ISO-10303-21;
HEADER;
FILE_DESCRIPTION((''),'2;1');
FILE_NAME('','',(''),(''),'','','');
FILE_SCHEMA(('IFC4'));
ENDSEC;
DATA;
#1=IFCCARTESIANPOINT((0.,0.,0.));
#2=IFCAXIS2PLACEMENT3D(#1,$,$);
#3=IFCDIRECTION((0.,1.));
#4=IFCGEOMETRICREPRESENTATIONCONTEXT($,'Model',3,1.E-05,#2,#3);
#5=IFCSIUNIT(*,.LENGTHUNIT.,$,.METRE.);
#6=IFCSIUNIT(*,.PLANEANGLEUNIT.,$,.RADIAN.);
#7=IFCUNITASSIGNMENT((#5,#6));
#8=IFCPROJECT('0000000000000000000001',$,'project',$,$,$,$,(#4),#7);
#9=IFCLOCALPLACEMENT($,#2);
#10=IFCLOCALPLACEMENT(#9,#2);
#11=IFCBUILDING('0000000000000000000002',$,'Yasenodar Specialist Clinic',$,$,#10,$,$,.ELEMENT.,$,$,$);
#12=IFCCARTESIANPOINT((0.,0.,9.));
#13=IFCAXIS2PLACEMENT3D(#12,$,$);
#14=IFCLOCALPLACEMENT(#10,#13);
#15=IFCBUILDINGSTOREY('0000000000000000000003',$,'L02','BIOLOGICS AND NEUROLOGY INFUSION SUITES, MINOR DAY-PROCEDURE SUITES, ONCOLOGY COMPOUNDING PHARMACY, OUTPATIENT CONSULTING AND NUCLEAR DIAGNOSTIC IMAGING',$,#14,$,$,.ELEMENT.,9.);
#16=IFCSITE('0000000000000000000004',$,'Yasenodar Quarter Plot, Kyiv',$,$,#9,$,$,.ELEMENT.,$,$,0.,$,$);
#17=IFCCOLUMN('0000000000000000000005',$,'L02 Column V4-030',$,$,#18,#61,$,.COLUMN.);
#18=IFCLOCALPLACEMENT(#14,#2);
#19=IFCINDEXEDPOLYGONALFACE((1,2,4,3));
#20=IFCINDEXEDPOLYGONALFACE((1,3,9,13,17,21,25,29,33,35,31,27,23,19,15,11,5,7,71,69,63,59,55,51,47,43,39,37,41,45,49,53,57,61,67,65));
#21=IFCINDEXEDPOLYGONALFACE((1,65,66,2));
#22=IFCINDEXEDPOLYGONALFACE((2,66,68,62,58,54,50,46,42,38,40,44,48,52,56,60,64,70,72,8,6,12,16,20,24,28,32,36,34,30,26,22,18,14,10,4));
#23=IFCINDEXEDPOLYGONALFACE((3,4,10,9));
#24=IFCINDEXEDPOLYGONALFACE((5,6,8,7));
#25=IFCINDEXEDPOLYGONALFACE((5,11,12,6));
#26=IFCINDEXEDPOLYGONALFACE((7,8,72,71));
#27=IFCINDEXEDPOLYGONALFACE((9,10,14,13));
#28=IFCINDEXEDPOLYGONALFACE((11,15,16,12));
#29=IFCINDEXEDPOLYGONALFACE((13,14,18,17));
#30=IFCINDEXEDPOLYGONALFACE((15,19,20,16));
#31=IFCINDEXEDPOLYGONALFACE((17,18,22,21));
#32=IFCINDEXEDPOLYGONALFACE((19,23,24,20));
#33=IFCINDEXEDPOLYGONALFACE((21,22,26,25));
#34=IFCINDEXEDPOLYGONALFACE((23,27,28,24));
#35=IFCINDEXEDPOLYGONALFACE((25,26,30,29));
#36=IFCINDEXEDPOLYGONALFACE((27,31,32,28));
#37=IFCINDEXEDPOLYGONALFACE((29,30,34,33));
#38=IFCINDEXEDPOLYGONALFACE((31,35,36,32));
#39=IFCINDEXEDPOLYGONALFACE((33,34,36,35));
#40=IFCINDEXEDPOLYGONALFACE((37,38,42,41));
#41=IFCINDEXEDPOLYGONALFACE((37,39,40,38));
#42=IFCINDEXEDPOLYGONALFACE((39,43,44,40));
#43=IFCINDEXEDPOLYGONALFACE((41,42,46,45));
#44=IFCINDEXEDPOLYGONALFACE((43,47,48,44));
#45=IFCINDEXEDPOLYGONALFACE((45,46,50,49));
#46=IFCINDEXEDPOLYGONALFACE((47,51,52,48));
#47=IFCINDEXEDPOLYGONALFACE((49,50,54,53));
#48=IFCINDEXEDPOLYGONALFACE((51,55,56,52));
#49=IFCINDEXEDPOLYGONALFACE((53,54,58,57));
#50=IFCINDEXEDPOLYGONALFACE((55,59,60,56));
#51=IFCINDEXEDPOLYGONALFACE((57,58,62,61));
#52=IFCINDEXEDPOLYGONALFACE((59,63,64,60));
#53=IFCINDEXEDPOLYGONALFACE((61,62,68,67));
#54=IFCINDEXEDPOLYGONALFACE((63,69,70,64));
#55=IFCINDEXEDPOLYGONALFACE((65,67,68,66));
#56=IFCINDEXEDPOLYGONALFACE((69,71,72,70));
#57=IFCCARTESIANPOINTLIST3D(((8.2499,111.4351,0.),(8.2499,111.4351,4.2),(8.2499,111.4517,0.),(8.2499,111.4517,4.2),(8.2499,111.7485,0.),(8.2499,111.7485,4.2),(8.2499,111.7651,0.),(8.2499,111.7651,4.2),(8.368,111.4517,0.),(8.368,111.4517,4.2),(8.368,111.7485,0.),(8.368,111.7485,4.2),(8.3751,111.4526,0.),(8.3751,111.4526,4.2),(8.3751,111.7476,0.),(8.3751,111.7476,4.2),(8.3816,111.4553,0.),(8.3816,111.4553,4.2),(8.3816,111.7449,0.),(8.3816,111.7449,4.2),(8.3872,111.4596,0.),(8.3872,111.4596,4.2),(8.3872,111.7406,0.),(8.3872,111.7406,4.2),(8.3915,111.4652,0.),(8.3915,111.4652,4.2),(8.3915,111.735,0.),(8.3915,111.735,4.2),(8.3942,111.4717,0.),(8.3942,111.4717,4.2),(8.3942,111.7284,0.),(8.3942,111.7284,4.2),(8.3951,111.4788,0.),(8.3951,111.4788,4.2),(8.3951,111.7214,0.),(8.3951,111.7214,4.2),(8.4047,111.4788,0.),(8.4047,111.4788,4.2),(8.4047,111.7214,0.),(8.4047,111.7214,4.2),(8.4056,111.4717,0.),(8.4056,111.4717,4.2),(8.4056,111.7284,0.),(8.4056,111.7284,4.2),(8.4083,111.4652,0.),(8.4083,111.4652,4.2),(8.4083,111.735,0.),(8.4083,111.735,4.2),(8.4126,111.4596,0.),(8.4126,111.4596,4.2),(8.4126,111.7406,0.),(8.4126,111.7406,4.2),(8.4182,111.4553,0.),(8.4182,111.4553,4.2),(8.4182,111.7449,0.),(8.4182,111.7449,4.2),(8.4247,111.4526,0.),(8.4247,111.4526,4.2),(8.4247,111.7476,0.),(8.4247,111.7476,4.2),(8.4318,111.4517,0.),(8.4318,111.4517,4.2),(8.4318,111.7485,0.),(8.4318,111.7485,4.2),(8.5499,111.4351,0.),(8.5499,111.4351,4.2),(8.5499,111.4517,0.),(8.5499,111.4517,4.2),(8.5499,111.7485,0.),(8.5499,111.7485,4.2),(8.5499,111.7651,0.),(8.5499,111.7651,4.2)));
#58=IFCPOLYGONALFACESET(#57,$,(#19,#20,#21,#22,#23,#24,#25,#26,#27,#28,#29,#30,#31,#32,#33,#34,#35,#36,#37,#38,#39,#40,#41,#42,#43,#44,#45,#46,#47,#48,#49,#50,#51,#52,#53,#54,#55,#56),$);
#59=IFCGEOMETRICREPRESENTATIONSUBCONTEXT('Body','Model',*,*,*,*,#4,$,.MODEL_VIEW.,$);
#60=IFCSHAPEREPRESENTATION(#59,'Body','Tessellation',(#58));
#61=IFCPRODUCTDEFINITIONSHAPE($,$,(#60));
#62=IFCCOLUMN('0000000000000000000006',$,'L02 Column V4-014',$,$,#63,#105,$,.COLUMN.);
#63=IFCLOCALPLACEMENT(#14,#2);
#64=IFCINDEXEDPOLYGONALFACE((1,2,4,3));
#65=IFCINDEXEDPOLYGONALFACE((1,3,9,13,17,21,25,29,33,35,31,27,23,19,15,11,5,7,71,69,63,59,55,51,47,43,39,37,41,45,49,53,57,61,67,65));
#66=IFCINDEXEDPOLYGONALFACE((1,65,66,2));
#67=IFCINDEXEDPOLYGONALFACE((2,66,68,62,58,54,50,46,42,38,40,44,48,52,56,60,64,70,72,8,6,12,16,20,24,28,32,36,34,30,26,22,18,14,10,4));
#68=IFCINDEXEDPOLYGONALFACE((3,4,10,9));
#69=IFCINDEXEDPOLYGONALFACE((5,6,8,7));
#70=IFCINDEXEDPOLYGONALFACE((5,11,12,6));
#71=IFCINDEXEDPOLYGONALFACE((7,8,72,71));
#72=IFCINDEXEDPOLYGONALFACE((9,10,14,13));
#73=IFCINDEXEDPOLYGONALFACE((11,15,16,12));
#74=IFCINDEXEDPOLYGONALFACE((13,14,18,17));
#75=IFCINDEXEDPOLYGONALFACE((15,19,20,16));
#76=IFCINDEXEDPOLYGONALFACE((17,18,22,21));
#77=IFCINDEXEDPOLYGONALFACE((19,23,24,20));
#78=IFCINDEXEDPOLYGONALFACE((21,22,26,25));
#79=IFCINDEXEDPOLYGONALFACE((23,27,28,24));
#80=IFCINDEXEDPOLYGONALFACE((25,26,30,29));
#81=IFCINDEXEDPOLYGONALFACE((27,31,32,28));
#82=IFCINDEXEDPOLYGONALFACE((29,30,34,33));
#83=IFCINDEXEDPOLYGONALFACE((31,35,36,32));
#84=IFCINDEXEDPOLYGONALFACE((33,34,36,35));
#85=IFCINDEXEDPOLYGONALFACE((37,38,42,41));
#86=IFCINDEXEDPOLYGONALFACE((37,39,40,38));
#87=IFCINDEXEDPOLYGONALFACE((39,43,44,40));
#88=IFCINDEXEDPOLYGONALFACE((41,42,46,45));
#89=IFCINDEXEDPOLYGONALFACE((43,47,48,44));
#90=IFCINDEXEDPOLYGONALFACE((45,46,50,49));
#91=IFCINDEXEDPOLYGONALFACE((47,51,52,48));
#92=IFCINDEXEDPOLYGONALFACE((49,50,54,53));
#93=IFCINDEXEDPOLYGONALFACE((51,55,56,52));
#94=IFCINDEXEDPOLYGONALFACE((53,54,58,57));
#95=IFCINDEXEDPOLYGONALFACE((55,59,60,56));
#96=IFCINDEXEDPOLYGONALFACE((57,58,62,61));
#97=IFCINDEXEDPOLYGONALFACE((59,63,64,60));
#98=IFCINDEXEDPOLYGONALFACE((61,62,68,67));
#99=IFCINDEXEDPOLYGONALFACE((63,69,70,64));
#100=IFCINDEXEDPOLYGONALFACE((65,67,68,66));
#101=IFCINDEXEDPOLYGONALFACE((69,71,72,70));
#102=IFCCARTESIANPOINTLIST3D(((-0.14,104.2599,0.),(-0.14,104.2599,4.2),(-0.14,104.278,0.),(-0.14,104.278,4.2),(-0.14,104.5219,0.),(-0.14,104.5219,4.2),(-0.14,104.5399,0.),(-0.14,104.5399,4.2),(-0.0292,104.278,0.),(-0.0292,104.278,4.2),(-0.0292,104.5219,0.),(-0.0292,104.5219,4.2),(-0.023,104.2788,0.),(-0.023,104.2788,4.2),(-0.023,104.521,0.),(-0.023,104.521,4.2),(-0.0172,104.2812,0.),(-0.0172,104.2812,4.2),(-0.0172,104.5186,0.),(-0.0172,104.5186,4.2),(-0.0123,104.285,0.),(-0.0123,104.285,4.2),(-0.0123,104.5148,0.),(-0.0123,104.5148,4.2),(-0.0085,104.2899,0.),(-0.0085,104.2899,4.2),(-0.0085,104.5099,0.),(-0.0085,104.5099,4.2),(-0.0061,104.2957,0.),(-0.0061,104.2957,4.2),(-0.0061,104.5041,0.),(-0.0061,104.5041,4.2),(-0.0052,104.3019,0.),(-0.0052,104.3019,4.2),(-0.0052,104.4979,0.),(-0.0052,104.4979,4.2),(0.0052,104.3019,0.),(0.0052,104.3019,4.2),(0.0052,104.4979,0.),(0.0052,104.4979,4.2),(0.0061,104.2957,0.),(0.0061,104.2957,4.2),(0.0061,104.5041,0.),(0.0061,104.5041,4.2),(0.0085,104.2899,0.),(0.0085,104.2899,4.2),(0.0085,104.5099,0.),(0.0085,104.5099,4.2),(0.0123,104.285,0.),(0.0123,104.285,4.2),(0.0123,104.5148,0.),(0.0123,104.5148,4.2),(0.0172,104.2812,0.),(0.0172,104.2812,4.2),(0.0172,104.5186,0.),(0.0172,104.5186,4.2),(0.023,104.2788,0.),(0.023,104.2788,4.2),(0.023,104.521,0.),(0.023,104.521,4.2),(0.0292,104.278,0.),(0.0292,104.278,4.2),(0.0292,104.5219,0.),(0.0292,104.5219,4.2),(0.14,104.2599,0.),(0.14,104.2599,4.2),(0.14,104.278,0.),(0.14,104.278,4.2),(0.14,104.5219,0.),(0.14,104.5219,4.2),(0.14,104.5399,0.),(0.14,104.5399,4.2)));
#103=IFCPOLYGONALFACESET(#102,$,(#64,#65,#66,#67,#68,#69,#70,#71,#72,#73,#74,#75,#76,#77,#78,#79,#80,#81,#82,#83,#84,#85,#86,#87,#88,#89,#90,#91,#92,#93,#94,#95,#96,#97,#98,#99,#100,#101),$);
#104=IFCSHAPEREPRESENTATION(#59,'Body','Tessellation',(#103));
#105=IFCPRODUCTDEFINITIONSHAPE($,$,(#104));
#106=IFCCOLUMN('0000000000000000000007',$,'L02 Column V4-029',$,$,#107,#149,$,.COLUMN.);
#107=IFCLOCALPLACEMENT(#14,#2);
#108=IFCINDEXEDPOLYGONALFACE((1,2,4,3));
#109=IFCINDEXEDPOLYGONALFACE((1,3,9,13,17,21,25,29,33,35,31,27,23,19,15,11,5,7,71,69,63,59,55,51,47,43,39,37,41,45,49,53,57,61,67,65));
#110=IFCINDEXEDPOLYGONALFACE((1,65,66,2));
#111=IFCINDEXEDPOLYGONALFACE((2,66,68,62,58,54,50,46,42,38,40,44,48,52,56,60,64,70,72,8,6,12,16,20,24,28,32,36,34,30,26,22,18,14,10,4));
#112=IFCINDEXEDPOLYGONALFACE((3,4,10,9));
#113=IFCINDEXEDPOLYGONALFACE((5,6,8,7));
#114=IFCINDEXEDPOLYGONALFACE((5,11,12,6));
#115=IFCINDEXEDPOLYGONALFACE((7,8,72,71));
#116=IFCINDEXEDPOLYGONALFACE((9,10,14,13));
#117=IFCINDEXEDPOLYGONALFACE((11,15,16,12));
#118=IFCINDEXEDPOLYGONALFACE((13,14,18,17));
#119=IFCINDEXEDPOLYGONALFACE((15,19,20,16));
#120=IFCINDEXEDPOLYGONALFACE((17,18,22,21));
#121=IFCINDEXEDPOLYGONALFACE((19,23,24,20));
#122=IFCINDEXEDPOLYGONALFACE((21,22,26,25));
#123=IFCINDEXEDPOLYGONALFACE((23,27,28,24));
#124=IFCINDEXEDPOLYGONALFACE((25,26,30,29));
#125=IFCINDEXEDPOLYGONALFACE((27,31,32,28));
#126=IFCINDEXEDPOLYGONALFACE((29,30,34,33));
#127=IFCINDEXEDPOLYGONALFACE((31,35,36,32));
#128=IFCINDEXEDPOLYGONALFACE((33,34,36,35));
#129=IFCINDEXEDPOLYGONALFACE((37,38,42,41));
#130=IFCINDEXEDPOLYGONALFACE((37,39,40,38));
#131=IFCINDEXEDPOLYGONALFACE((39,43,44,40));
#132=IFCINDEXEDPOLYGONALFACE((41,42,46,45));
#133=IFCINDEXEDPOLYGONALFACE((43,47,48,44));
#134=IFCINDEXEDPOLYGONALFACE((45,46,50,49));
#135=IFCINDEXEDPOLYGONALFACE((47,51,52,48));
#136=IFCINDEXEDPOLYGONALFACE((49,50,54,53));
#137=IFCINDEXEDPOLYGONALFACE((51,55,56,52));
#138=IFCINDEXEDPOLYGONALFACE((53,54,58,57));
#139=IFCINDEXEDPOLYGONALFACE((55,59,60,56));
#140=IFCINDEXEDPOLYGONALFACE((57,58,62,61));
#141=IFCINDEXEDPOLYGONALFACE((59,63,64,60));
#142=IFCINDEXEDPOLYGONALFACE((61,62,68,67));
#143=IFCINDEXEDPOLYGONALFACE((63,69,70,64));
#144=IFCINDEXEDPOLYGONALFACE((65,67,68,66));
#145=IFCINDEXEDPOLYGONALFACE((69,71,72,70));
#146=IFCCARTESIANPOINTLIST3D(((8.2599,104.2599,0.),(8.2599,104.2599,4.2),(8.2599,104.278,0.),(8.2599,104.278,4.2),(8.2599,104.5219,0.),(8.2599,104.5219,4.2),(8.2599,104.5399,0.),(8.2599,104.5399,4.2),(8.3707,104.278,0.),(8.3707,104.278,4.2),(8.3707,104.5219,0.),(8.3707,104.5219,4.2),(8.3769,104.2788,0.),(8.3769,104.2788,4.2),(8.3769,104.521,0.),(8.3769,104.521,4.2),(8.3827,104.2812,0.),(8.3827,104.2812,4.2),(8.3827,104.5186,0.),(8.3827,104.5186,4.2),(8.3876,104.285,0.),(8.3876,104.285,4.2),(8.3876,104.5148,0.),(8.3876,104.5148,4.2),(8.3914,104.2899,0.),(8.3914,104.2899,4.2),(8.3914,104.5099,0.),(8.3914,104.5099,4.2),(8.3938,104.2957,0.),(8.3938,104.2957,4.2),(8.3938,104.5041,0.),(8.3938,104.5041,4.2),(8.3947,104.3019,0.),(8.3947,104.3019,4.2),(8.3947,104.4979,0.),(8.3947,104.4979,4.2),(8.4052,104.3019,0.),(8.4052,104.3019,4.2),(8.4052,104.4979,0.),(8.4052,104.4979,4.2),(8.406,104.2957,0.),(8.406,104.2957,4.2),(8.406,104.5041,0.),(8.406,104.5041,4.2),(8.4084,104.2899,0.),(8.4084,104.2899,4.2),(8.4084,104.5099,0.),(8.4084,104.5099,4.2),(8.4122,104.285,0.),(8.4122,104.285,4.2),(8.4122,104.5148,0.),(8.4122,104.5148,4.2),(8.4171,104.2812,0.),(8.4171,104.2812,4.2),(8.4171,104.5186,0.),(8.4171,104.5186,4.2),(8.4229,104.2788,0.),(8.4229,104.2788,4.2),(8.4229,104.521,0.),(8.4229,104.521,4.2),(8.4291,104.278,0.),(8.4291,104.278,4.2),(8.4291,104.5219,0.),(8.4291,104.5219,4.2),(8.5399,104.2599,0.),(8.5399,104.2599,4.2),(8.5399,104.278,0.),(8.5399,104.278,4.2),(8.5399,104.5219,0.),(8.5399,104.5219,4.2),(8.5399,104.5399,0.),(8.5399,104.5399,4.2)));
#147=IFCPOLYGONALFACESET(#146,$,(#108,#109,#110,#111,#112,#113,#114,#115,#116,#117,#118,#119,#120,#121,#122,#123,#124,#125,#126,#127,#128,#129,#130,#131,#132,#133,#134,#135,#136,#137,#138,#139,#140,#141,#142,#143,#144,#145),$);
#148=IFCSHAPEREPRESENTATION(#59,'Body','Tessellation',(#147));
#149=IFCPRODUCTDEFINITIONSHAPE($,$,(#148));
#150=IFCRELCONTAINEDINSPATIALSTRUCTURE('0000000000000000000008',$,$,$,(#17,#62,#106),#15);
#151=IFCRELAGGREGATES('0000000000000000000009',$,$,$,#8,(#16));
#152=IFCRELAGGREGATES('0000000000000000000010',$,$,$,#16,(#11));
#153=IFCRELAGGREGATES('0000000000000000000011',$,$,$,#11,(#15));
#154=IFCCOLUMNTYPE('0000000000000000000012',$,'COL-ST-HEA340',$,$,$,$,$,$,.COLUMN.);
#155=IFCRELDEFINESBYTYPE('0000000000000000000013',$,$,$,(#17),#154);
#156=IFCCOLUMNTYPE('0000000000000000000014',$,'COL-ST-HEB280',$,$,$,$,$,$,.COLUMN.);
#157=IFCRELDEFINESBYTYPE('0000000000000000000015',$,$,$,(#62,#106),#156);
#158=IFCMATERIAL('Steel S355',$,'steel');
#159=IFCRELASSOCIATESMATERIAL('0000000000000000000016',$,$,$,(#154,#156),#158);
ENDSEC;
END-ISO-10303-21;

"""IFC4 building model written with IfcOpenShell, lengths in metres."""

from ifc_helpers import new_model, si_unit, direction, frame, origin, origin_2d, place, context, subcontext, project, spatial, i_section, extrude, material, material_profile, profile_set, type_object, element, save


model = new_model("IFC4")

# Units and contexts
model_context = context("Model", 3, precision=1e-05, world=origin(), true_north=direction((0.0, 1.0)))
body_context = subcontext(model_context, "Body", "Model", "MODEL_VIEW")
ifc_project = project(units=[si_unit("LENGTHUNIT", "METRE"), si_unit("PLANEANGLEUNIT", "RADIAN")], contexts=[model_context])

# Site, building, storey
site_placement = place(None, origin())
site = spatial("IfcSite", under=ifc_project, at=site_placement, Name="Yasenodar Quarter Plot, Kyiv", CompositionType="ELEMENT", RefElevation=0.0)
building_placement = place(site_placement, origin())
building = spatial("IfcBuilding", under=site, at=building_placement, Name="Yasenodar Specialist Clinic", CompositionType="ELEMENT")
storey_placement = place(building_placement, frame((0.0, 0.0, 9.0)))
storey = spatial("IfcBuildingStorey", under=building, at=storey_placement, Name="L02", Description="BIOLOGICS AND NEUROLOGY INFUSION SUITES, MINOR DAY-PROCEDURE SUITES, ONCOLOGY COMPOUNDING PHARMACY, OUTPATIENT CONSULTING AND NUCLEAR DIAGNOSTIC IMAGING", CompositionType="ELEMENT", Elevation=9.0)

# Columns
ifc_material_1 = material(Name="Steel S355", Category="steel")
ifc_material_profile_1 = material_profile(ifc_material_1, i_section(OverallWidth=0.3, OverallDepth=0.3301, WebThickness=0.0095, FlangeThickness=0.0166, FilletRadius=0.0271, at=origin_2d()), Name="HEA 340")
ifc_profile_set_1 = profile_set([ifc_material_profile_1], Name="Steel S355")
column_type_1 = type_object("IfcColumnType", Name="COL-ST-HEA340", PredefinedType="COLUMN", material=ifc_profile_set_1)
column_1_placement = place(storey_placement, frame((8.3999, 111.6001, 0.0), z_axis=(0.0, 0.0, 1.0), x_axis=(1.0, 0.0, 0.0)))
element("IfcColumn", 1, at=column_1_placement, inside=storey, type_object=column_type_1, Name="L02 Column V4-030", PredefinedType="COLUMN", context=body_context, shape_type="SweptSolid", body=[
    extrude(i_section(OverallWidth=0.3, OverallDepth=0.3301, WebThickness=0.0095, FlangeThickness=0.0166, FilletRadius=0.0271, at=origin_2d()), origin(), (0.0, 0.0, 1.0), 4.2),
])
ifc_material_profile_2 = material_profile(ifc_material_1, i_section(OverallWidth=0.28, OverallDepth=0.28, WebThickness=0.0105, FlangeThickness=0.0181, FilletRadius=0.0239, at=origin_2d()), Name="HEB 280")
ifc_profile_set_2 = profile_set([ifc_material_profile_2], Name="Steel S355")
column_type_2 = type_object("IfcColumnType", Name="COL-ST-HEB280", PredefinedType="COLUMN", material=ifc_profile_set_2)
for number, where, z_axis, x_axis, name in (
    (2, (0.0, 104.3999, 0.0), (0.0, 0.0, 1.0), (1.0, 0.0, 0.0), "L02 Column V4-014"),
    (3, (8.3999, 104.3999, 0.0), (0.0, 0.0, 1.0), (1.0, 0.0, 0.0), "L02 Column V4-029"),
):
    element("IfcColumn", number, at=place(storey_placement, frame(where, z_axis=z_axis, x_axis=x_axis)), inside=storey, type_object=column_type_2, Name=name, PredefinedType="COLUMN", context=body_context, shape_type="SweptSolid", body=[
        extrude(i_section(OverallWidth=0.28, OverallDepth=0.28, WebThickness=0.0105, FlangeThickness=0.0181, FilletRadius=0.0239, at=origin_2d()), origin(), (0.0, 0.0, 1.0), 4.2),
    ])

save(model, "model.ifc")
